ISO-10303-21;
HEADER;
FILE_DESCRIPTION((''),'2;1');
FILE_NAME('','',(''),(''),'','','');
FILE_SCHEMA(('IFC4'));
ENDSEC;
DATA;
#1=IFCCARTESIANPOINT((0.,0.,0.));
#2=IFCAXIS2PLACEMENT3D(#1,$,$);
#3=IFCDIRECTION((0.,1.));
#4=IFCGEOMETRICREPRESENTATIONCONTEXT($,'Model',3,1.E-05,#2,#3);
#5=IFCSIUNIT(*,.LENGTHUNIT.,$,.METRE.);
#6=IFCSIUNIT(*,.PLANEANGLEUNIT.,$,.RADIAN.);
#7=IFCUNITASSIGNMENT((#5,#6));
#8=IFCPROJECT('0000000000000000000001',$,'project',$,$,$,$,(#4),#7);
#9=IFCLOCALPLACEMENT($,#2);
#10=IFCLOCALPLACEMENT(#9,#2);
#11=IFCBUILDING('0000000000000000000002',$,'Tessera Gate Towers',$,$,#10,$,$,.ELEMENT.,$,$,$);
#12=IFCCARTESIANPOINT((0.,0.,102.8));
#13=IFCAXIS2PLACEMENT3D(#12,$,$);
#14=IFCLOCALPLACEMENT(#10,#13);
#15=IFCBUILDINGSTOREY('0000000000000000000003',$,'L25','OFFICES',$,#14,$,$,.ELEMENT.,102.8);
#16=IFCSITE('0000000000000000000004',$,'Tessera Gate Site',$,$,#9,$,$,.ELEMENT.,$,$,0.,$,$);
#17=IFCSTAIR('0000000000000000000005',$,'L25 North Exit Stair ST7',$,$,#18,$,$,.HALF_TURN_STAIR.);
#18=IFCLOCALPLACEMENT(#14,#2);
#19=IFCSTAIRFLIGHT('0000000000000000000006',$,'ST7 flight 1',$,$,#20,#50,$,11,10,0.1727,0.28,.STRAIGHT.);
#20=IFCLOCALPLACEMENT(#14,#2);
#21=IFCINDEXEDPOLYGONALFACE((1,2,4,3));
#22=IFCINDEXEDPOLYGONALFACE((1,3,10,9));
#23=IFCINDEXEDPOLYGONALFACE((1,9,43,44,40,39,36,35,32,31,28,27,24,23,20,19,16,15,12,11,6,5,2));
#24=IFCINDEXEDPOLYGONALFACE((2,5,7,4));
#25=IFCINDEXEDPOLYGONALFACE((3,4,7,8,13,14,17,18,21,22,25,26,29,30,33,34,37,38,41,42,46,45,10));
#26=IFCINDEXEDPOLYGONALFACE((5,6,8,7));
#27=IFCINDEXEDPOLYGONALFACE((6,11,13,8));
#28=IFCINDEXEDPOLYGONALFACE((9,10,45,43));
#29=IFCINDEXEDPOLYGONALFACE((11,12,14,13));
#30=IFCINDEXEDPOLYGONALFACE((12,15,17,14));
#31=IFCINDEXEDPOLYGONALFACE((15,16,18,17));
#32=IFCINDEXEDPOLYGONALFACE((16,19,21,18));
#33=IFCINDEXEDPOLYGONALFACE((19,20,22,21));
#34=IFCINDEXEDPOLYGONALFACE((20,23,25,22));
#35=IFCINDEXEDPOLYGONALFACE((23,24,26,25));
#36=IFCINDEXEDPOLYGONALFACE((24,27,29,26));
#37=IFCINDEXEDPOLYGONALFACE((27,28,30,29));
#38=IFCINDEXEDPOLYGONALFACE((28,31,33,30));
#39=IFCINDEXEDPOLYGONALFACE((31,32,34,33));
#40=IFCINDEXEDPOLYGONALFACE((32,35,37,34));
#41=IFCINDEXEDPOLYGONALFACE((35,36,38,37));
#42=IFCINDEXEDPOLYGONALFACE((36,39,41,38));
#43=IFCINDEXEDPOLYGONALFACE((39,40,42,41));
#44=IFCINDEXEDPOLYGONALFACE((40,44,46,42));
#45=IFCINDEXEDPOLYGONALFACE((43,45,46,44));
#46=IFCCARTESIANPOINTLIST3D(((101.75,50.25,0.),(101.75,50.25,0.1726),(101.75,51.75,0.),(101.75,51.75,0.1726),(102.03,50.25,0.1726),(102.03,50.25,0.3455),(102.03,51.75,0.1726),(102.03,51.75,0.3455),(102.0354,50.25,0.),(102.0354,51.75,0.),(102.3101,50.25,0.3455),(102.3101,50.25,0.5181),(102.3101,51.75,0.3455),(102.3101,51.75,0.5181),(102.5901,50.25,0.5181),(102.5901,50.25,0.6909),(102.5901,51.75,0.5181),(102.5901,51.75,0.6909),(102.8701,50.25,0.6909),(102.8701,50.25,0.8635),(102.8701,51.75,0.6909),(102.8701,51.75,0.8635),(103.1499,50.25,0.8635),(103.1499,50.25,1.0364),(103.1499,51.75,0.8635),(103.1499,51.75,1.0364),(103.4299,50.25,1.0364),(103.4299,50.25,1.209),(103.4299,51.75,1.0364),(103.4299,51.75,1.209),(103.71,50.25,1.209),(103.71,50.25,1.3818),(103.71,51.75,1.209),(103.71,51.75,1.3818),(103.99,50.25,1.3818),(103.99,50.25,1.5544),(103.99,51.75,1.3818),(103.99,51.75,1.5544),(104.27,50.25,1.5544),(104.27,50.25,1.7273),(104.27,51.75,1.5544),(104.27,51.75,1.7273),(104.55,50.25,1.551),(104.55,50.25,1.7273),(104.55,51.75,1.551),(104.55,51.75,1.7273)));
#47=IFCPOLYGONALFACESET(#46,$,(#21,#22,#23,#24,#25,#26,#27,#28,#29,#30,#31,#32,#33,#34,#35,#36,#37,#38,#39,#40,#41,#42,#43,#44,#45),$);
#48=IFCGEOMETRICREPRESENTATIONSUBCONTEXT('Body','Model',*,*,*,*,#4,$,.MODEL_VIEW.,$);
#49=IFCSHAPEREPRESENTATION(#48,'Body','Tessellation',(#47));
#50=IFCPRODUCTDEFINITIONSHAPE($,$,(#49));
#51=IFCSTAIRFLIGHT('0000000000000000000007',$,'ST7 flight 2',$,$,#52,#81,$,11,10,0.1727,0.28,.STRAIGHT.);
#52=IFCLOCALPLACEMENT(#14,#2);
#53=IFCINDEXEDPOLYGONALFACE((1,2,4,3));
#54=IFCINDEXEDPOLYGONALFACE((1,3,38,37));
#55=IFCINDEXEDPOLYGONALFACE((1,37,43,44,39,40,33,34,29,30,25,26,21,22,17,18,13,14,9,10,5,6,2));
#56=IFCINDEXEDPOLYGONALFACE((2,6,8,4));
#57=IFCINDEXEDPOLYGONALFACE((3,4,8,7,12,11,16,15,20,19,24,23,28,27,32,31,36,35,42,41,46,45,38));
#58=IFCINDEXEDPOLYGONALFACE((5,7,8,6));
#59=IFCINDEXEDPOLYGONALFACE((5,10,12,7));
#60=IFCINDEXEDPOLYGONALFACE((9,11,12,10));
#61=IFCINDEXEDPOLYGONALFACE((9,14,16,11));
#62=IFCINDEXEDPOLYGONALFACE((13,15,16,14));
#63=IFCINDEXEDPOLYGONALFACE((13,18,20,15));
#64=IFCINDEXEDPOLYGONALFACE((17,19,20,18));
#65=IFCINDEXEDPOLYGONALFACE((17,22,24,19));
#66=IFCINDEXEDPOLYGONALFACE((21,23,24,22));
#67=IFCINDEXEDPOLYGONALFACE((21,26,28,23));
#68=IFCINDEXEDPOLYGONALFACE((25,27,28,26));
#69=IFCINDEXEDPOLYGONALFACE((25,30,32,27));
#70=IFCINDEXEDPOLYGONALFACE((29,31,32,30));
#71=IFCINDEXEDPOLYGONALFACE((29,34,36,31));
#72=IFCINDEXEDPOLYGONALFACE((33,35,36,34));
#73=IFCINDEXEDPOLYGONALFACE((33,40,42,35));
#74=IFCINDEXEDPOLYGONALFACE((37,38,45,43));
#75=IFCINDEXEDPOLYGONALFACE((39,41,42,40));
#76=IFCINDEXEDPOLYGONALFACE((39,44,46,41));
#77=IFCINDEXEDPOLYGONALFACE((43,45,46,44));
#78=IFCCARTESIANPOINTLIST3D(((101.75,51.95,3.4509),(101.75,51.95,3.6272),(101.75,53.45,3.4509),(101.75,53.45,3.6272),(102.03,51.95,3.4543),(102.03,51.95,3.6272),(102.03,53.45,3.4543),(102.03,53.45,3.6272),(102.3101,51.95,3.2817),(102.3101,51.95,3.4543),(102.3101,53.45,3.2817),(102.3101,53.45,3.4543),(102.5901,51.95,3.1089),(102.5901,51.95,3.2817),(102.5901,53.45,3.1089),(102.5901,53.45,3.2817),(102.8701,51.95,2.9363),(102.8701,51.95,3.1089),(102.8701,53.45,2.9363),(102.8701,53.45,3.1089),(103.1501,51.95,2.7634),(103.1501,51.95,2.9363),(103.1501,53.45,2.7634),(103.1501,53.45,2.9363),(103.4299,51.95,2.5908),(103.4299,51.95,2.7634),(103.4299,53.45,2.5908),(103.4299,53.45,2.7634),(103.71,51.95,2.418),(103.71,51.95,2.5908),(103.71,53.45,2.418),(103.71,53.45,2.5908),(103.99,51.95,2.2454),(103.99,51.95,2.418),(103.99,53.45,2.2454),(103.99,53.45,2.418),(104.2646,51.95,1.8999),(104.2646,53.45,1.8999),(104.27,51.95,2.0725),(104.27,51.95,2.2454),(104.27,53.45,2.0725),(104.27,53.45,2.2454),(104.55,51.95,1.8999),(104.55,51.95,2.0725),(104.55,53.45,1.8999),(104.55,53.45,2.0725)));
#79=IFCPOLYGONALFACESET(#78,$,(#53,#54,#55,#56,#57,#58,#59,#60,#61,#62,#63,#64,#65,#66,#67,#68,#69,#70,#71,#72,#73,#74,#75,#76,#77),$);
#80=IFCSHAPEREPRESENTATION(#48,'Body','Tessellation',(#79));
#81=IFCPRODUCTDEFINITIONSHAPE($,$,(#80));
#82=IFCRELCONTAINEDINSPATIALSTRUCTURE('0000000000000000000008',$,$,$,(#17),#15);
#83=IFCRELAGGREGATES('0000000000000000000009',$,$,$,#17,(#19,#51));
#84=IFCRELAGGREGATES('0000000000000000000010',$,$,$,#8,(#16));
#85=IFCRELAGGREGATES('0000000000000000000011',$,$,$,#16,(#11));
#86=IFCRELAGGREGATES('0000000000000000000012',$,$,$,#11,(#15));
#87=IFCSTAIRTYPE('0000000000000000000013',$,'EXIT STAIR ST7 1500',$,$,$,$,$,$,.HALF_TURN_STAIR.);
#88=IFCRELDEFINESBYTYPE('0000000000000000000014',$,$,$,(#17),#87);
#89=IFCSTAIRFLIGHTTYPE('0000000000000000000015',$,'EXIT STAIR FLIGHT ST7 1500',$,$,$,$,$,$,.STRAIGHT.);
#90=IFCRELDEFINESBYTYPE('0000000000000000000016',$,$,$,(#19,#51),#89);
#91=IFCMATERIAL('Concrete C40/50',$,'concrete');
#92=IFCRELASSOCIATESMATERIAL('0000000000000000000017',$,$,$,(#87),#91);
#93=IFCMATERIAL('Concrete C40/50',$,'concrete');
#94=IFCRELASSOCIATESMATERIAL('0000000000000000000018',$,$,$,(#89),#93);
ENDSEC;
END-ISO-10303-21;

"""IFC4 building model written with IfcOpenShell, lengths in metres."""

from ifc_helpers import new_model, si_unit, direction, frame, origin, place, context, subcontext, project, spatial, polyline, outline, extrude, material, type_object, element, aggregate, save


model = new_model("IFC4")

# Units and contexts
model_context = context("Model", 3, precision=1e-05, world=origin(), true_north=direction((0.0, 1.0)))
body_context = subcontext(model_context, "Body", "Model", "MODEL_VIEW")
ifc_project = project(units=[si_unit("LENGTHUNIT", "METRE"), si_unit("PLANEANGLEUNIT", "RADIAN")], contexts=[model_context])

# Site, building, storey
site_placement = place(None, origin())
site = spatial("IfcSite", under=ifc_project, at=site_placement, Name="Tessera Gate Site", CompositionType="ELEMENT", RefElevation=0.0)
building_placement = place(site_placement, origin())
building = spatial("IfcBuilding", under=site, at=building_placement, Name="Tessera Gate Towers", CompositionType="ELEMENT")
storey_placement = place(building_placement, frame((0.0, 0.0, 102.8)))
storey = spatial("IfcBuildingStorey", under=building, at=storey_placement, Name="L25", Description="OFFICES", CompositionType="ELEMENT", Elevation=102.8)

# Stair, stair flights
ifc_material_1 = material(Name="Concrete C40/50", Category="concrete")
stair_type = type_object("IfcStairType", Name="EXIT STAIR ST7 1500", PredefinedType="HALF_TURN_STAIR", material=ifc_material_1)
stair_placement = place(storey_placement, origin())
stair = element("IfcStair", 1, at=stair_placement, inside=storey, type_object=stair_type, Name="L25 North Exit Stair ST7", PredefinedType="HALF_TURN_STAIR")
ifc_material_2 = material(Name="Concrete C40/50", Category="concrete")
stair_flight_type = type_object("IfcStairFlightType", Name="EXIT STAIR FLIGHT ST7 1500", PredefinedType="STRAIGHT", material=ifc_material_2)
stair_flight_1_placement = place(storey_placement, frame((101.75, 51.0, 0.0), z_axis=(0.0, 0.0, 1.0), x_axis=(1.0, 0.0, 0.0)))
stair_flight_1 = element("IfcStairFlight", 2, at=stair_flight_1_placement, type_object=stair_flight_type, Name="ST7 flight 1", NumberOfRisers=11, NumberOfTreads=10, PredefinedType="STRAIGHT", RiserHeight=0.1727, TreadLength=0.28, context=body_context, shape_type="SweptSolid", body=[
    extrude(outline(polyline([(0.0, 0.0), (0.0, 0.1726), (0.28, 0.1726), (0.28, 0.3455), (0.5601, 0.3455), (0.5601, 0.5181), (0.8401, 0.5181), (0.8401, 0.6909), (1.1201, 0.6909), (1.1201, 0.8635), (1.3999, 0.8635), (1.3999, 1.0364), (1.6799, 1.0364), (1.6799, 1.209), (1.96, 1.209), (1.96, 1.3818), (2.24, 1.3818), (2.24, 1.5544), (2.52, 1.5544), (2.52, 1.7273), (2.8, 1.7273), (2.8, 1.8999), (2.8, 1.551), (0.2854, 0.0), (0.0, 0.0)])), frame((0.0, 0.75, 0.0), z_axis=(0.0, -1.0, 0.0), x_axis=(1.0, 0.0, 0.0)), (0.0, 0.0, 1.0), 1.5),
])
stair_flight_2_placement = place(storey_placement, frame((104.55, 52.7, 1.8999), z_axis=(0.0, 0.0, 1.0), x_axis=(-1.0, 0.0, 0.0)))
stair_flight_2 = element("IfcStairFlight", 3, at=stair_flight_2_placement, type_object=stair_flight_type, Name="ST7 flight 2", NumberOfRisers=11, NumberOfTreads=10, PredefinedType="STRAIGHT", RiserHeight=0.1727, TreadLength=0.28, context=body_context, shape_type="SweptSolid", body=[
    extrude(outline(polyline([(0.0, 0.0), (0.0, 0.1726), (0.28, 0.1726), (0.28, 0.3455), (0.5601, 0.3455), (0.5601, 0.5181), (0.8401, 0.5181), (0.8401, 0.6909), (1.1201, 0.6909), (1.1201, 0.8635), (1.3999, 0.8635), (1.3999, 1.0364), (1.6799, 1.0364), (1.6799, 1.209), (1.96, 1.209), (1.96, 1.3818), (2.24, 1.3818), (2.24, 1.5544), (2.52, 1.5544), (2.52, 1.7273), (2.8, 1.7273), (2.8, 1.8999), (2.8, 1.551), (0.2854, 0.0), (0.0, 0.0)])), frame((0.0, 0.75, 0.0), z_axis=(0.0, -1.0, 0.0), x_axis=(1.0, 0.0, 0.0)), (0.0, 0.0, 1.0), 1.5),
])
aggregate(stair, [stair_flight_1, stair_flight_2])

save(model, "model.ifc")
